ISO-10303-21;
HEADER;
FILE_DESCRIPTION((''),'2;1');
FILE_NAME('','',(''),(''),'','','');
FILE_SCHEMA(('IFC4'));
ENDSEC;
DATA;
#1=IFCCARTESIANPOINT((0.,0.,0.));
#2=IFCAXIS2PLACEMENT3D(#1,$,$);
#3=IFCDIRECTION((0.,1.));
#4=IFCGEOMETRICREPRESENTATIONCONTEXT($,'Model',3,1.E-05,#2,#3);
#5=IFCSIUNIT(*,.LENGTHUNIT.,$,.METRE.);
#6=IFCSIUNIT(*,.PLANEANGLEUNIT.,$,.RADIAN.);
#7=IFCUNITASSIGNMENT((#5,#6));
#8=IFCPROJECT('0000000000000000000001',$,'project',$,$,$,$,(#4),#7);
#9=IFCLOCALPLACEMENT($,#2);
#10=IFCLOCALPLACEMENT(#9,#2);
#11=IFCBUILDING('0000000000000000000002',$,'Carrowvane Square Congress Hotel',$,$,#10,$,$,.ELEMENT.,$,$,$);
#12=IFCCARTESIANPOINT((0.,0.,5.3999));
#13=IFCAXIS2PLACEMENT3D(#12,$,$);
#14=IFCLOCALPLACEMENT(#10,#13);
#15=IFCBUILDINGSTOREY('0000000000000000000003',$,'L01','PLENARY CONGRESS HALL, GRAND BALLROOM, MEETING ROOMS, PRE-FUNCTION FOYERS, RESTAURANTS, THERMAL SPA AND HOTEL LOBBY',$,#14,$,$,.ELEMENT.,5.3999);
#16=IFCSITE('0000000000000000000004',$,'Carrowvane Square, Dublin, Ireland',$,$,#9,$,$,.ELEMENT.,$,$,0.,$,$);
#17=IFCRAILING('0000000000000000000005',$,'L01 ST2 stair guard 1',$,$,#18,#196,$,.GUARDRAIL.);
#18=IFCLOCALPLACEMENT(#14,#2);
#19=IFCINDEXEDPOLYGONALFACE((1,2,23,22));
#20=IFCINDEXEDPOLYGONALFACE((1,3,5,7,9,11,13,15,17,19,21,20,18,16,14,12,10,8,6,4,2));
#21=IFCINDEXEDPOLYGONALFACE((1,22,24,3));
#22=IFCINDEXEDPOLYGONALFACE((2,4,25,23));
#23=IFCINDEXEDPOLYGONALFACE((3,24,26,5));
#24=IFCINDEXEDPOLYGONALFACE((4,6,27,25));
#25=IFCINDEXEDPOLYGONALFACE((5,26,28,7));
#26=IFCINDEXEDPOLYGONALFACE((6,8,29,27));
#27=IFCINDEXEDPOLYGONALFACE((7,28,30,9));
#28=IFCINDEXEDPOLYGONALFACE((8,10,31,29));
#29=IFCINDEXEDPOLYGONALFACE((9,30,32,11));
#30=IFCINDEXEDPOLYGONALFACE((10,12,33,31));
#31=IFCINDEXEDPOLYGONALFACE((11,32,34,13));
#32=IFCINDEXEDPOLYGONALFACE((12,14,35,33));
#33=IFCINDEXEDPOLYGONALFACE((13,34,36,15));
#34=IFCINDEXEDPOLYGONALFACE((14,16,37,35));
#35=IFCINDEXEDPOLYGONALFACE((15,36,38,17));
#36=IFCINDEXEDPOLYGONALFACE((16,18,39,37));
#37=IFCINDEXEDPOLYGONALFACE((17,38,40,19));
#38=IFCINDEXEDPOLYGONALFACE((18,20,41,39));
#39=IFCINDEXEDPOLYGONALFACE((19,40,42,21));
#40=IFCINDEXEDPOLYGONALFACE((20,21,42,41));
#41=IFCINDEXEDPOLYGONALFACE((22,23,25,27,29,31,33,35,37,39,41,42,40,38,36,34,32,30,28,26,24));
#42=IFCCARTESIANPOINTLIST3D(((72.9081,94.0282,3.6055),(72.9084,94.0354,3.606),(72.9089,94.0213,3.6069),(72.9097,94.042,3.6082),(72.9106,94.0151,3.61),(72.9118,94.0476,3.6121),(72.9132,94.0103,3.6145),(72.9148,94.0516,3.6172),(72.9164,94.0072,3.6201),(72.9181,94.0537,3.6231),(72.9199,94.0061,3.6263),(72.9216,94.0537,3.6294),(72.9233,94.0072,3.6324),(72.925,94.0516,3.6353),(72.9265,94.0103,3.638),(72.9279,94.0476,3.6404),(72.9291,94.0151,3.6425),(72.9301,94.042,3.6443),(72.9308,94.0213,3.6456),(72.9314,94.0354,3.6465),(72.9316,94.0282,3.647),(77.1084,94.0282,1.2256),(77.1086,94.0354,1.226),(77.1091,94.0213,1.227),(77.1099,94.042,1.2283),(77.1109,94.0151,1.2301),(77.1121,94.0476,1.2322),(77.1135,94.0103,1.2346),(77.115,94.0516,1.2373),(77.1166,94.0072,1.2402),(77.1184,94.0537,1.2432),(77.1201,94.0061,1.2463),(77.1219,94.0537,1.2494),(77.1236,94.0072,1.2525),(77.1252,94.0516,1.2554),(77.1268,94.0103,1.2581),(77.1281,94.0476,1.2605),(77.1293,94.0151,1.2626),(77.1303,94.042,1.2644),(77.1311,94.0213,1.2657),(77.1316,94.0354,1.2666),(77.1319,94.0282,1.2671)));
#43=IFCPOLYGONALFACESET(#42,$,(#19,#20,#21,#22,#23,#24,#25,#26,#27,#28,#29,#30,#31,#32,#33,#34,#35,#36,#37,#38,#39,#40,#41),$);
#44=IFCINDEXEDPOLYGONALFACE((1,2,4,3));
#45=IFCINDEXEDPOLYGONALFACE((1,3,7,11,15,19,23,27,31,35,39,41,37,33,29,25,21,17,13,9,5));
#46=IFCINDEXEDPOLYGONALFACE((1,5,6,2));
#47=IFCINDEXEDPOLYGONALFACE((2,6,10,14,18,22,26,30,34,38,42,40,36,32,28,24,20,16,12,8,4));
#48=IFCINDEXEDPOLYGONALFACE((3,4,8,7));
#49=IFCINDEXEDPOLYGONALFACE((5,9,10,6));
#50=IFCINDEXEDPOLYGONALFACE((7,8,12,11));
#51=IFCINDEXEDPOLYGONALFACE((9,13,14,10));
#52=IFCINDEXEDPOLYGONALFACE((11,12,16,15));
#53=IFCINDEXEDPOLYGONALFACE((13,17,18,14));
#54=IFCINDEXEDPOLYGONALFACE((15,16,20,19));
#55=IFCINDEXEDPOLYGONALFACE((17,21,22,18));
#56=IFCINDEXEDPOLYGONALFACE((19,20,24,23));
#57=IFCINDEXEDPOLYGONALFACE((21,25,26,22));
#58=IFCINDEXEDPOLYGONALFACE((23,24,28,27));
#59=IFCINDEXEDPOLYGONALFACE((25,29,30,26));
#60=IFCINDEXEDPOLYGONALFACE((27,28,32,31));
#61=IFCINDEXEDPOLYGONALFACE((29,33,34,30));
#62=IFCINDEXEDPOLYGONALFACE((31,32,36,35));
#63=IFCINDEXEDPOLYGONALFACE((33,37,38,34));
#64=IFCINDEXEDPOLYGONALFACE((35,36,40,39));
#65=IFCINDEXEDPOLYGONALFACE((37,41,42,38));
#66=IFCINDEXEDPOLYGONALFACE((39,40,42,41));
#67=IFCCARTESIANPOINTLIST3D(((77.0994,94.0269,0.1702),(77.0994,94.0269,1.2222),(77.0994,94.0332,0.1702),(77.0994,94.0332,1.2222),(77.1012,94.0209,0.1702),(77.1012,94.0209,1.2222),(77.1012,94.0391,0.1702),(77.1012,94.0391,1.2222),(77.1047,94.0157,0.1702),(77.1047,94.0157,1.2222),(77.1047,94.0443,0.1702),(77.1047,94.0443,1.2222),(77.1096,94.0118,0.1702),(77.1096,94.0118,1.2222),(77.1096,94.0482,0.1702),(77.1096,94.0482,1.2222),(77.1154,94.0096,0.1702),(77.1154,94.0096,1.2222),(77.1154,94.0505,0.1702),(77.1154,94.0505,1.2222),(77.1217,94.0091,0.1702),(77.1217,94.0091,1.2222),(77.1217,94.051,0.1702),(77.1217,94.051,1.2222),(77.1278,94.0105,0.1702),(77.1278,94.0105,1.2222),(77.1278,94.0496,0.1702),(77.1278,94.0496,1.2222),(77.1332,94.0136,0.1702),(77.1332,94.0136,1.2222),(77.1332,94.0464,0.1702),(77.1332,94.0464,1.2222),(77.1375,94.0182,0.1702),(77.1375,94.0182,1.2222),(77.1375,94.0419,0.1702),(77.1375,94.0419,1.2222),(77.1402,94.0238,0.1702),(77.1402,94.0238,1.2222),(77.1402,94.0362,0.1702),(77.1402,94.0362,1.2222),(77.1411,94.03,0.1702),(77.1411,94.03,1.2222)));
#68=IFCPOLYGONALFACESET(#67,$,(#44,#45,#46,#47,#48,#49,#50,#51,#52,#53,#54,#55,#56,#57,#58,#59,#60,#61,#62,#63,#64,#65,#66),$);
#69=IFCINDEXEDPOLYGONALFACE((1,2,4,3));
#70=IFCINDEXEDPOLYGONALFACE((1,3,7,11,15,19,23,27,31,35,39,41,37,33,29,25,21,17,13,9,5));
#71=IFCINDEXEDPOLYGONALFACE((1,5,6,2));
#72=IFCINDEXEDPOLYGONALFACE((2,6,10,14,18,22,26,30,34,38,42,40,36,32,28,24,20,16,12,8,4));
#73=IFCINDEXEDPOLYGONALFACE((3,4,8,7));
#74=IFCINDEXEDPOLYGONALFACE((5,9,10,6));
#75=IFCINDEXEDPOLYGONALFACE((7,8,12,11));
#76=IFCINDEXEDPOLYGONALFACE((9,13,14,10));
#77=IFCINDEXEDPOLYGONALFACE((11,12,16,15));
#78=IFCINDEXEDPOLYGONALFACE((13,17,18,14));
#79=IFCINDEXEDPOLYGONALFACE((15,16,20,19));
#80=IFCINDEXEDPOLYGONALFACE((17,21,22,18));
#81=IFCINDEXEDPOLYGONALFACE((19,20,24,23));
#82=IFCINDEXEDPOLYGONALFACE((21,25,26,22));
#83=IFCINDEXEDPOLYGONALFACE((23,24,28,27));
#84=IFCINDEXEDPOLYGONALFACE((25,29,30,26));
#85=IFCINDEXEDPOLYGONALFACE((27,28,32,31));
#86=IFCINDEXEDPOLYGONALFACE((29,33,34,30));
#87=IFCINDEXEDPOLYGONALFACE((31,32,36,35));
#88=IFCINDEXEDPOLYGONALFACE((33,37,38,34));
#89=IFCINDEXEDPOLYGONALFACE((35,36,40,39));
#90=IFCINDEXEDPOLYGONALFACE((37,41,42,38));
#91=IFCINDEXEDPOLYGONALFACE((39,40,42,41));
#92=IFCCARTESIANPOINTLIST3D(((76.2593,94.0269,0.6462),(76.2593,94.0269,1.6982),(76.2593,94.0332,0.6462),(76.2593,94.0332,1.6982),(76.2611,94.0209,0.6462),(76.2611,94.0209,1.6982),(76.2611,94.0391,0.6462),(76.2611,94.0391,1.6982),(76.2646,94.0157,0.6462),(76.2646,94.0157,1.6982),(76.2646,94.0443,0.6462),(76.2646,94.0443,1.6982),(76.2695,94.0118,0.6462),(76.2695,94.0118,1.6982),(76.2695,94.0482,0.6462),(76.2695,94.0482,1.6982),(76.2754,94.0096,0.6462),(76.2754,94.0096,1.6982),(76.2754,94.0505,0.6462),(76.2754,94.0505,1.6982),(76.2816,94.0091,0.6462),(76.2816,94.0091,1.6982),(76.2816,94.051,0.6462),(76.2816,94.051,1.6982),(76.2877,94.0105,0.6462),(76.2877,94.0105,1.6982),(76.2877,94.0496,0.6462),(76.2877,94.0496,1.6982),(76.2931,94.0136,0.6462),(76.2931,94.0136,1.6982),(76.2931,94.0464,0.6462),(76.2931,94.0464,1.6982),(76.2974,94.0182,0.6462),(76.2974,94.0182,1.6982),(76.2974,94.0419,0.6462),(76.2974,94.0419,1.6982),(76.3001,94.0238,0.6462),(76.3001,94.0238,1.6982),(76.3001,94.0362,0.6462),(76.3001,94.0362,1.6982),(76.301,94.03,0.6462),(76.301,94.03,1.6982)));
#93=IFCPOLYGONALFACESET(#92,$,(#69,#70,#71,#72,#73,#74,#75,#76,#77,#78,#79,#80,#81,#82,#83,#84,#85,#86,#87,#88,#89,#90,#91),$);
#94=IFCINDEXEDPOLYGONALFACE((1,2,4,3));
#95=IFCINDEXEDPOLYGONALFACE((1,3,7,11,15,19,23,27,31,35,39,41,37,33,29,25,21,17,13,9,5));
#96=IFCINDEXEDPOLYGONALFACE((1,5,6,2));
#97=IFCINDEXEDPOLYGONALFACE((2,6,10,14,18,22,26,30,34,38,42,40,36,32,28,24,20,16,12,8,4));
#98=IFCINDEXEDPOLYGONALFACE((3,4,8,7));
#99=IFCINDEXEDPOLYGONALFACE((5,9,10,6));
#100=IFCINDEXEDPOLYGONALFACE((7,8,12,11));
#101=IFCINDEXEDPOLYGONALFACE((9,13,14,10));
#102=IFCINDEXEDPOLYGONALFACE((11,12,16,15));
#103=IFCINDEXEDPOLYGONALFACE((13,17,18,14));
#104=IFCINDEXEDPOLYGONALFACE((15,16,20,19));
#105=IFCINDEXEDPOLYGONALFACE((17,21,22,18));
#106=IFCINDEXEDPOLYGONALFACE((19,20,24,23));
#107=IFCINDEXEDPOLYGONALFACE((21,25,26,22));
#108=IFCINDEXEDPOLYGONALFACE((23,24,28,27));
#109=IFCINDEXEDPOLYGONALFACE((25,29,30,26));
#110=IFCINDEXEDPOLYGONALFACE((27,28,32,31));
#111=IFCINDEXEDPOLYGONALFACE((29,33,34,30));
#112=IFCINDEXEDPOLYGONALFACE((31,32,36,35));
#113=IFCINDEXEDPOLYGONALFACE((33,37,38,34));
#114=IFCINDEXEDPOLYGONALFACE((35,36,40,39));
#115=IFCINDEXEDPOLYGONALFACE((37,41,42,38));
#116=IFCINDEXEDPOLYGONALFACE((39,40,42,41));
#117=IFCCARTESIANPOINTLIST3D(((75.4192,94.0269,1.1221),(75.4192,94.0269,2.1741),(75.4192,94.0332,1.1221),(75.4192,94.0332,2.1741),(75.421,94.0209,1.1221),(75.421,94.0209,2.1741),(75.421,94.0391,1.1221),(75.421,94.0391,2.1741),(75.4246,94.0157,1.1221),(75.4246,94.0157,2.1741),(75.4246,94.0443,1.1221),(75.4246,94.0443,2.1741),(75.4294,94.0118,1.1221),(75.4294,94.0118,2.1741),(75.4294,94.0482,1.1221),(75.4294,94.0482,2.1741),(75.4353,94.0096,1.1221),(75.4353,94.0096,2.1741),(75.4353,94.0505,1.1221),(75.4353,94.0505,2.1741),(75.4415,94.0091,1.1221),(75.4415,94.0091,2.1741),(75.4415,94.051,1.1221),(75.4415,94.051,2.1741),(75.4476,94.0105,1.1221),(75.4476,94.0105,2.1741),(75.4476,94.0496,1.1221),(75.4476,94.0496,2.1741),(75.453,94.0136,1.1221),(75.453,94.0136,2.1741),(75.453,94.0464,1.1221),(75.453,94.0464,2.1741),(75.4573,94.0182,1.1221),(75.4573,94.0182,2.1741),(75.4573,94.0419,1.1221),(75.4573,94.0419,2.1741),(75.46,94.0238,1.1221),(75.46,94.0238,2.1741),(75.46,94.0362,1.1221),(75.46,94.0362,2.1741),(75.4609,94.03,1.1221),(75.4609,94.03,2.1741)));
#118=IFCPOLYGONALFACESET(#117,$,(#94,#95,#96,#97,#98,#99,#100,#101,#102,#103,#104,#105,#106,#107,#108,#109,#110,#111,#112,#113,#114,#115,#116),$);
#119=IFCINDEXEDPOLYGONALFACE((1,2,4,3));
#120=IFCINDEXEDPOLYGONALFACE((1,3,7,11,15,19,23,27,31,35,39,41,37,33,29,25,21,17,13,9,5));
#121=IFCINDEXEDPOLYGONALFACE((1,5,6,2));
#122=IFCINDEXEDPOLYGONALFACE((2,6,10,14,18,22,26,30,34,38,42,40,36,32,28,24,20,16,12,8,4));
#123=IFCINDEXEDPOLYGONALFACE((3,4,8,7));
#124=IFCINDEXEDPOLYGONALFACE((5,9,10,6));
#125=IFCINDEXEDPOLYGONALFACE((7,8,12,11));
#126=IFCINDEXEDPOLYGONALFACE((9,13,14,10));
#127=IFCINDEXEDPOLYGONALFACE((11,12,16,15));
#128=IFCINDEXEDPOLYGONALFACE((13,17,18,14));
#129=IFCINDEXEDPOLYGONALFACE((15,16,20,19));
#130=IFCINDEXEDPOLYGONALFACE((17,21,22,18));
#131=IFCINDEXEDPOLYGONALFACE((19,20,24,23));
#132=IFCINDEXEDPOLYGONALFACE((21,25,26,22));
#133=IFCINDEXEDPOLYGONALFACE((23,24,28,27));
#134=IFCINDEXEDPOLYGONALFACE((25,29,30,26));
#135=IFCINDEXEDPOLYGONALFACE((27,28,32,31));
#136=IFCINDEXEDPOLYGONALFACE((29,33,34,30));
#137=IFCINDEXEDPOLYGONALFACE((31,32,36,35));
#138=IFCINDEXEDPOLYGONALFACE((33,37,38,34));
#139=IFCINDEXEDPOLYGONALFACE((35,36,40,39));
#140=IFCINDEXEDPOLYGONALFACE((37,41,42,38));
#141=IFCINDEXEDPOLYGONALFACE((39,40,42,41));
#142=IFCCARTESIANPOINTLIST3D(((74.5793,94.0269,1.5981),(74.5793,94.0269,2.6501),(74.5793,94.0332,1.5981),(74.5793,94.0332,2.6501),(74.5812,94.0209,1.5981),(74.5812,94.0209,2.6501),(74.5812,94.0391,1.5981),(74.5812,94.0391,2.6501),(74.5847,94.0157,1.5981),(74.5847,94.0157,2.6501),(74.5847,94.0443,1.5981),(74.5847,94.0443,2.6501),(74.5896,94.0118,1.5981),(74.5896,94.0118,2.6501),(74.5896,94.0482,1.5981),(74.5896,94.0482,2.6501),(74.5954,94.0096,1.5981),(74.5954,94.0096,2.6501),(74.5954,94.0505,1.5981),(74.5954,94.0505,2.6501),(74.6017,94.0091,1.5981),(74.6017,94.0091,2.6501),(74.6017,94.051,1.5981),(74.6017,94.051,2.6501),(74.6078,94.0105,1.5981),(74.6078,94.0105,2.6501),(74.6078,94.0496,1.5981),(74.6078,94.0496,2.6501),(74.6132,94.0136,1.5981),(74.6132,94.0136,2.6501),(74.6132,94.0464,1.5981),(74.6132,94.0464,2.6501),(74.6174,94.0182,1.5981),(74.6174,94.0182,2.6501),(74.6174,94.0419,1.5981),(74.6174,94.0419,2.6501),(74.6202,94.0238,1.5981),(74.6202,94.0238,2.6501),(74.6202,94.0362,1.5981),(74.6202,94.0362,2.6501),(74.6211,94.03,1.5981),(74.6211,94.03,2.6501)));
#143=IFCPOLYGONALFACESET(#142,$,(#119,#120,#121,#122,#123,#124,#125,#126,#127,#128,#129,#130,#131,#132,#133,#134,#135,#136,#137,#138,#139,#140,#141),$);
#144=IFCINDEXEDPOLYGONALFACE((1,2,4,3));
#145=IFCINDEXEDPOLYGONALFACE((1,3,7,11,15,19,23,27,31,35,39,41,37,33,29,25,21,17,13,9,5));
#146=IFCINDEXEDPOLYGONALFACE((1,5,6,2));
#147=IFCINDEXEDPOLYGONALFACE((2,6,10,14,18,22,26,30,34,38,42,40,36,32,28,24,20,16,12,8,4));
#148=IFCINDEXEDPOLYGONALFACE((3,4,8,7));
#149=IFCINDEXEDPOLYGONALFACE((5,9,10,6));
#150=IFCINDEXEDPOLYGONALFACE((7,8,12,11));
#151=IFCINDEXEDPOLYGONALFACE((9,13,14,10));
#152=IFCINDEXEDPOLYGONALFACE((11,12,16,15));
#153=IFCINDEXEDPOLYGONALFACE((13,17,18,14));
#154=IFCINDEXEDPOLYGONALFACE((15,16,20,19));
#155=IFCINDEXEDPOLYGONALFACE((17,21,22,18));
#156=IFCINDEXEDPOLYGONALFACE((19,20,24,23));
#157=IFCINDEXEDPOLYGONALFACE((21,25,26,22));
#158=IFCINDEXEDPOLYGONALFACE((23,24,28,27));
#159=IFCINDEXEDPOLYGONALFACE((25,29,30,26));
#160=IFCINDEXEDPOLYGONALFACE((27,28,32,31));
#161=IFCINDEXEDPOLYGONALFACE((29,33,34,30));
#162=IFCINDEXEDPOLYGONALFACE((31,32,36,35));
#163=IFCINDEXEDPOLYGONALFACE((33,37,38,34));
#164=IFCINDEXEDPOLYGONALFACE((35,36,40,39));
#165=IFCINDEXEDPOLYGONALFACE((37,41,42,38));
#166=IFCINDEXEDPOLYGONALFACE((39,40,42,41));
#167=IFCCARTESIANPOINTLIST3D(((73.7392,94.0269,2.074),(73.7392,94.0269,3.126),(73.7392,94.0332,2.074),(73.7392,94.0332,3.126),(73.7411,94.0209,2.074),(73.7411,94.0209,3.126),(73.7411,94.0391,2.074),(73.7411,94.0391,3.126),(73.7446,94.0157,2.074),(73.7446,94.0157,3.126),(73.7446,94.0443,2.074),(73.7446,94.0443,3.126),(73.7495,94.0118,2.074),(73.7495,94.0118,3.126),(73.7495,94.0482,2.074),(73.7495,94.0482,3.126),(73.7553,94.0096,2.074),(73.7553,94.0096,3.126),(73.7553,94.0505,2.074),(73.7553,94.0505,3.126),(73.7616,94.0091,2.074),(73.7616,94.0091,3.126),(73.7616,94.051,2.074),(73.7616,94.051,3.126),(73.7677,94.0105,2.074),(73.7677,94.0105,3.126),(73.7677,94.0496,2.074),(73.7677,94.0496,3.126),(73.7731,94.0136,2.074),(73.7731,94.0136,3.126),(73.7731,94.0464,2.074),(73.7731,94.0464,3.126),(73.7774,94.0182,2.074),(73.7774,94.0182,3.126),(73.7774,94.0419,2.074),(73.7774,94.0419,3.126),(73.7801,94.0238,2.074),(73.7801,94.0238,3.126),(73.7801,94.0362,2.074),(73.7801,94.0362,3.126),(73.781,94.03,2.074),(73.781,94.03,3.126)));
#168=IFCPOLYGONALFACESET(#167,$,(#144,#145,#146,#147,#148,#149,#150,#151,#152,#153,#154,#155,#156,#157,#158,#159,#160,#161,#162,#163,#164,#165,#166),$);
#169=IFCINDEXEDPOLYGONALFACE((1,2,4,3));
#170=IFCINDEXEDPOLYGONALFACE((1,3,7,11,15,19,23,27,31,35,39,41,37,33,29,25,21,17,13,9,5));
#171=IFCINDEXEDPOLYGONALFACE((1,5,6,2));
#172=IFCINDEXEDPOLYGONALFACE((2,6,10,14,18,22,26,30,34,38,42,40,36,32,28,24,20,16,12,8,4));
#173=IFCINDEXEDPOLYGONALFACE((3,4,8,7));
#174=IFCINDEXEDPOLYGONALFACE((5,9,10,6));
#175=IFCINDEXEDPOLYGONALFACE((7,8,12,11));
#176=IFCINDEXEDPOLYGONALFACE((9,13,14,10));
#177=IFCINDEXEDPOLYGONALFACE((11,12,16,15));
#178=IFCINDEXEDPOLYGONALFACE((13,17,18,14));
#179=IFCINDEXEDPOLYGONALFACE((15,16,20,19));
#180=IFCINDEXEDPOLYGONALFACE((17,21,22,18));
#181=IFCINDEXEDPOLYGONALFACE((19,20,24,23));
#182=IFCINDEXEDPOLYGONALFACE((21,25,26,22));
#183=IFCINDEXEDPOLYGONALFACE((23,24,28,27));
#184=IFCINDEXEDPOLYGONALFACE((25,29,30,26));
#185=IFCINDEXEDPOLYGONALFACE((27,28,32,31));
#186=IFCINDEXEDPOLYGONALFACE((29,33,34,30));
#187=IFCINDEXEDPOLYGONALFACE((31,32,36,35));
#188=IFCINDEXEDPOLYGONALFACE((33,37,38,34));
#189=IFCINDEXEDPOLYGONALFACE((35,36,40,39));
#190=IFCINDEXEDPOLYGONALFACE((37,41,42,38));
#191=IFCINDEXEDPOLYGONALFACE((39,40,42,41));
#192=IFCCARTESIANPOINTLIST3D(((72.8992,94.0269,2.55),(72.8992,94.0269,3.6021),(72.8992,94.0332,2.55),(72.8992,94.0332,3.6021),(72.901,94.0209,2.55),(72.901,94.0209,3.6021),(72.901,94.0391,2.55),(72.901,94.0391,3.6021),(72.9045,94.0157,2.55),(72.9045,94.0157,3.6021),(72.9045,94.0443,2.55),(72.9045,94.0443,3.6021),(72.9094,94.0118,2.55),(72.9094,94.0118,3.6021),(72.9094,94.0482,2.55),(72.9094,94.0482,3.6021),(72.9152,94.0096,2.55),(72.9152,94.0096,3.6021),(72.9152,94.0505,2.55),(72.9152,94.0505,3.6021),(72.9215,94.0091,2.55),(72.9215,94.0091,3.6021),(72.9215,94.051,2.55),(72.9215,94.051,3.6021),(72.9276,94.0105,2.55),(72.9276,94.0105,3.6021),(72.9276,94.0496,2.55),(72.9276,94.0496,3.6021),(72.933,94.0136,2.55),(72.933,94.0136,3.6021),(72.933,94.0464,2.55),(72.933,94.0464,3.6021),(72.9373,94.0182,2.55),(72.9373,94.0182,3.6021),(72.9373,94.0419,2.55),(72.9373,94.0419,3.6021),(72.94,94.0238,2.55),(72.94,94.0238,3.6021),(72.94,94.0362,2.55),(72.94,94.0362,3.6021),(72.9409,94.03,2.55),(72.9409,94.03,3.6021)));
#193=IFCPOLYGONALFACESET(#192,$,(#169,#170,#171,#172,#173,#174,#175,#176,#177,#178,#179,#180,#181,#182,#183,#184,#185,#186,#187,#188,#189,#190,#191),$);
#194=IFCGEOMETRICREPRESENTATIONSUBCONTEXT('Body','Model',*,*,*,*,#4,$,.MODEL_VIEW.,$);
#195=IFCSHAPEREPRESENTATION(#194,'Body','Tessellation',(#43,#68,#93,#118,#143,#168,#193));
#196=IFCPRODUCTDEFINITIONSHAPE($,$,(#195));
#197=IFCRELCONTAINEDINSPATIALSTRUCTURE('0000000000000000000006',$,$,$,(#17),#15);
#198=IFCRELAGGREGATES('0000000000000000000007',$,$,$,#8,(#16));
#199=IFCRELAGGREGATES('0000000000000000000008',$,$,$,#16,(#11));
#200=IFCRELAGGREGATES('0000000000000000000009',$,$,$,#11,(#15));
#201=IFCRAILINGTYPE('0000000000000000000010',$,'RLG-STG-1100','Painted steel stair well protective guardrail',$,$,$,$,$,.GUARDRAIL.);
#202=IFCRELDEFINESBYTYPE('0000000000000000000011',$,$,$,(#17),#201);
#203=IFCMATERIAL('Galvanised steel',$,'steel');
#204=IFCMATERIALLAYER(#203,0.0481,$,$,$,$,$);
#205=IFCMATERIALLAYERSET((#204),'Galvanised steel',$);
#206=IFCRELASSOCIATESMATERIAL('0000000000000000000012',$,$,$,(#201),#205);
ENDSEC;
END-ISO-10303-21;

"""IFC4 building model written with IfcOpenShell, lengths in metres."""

from ifc_helpers import new_model, si_unit, direction, frame, origin, origin_2d, place, context, subcontext, project, spatial, circle, extrude, material, layer, layer_set, type_object, element, save


model = new_model("IFC4")

# Units and contexts
model_context = context("Model", 3, precision=1e-05, world=origin(), true_north=direction((0.0, 1.0)))
body_context = subcontext(model_context, "Body", "Model", "MODEL_VIEW")
ifc_project = project(units=[si_unit("LENGTHUNIT", "METRE"), si_unit("PLANEANGLEUNIT", "RADIAN")], contexts=[model_context])

# Site, building, storey
site_placement = place(None, origin())
site = spatial("IfcSite", under=ifc_project, at=site_placement, Name="Carrowvane Square, Dublin, Ireland", CompositionType="ELEMENT", RefElevation=0.0)
building_placement = place(site_placement, origin())
building = spatial("IfcBuilding", under=site, at=building_placement, Name="Carrowvane Square Congress Hotel", CompositionType="ELEMENT")
storey_placement = place(building_placement, frame((0.0, 0.0, 5.3999)))
storey = spatial("IfcBuildingStorey", under=building, at=storey_placement, Name="L01", Description="PLENARY CONGRESS HALL, GRAND BALLROOM, MEETING ROOMS, PRE-FUNCTION FOYERS, RESTAURANTS, THERMAL SPA AND HOTEL LOBBY", CompositionType="ELEMENT", Elevation=5.3999)

# Railing
ifc_material_1 = material(Name="Galvanised steel", Category="steel")
ifc_layer_1 = layer(ifc_material_1, 0.0481)
ifc_layer_set_1 = layer_set([ifc_layer_1], Name="Galvanised steel")
railing_type_1 = type_object("IfcRailingType", Name="RLG-STG-1100", Description="Painted steel stair well protective guardrail", PredefinedType="GUARDRAIL", material=ifc_layer_set_1)
railing_1_placement = place(storey_placement, frame((77.1201, 94.03, 0.1702)))
element("IfcRailing", 1, at=railing_1_placement, inside=storey, type_object=railing_type_1, Name="L01 ST2 stair guard 1", PredefinedType="GUARDRAIL", context=body_context, shape_type="SweptSolid", body=[
    extrude(circle(Radius=0.0239, at=origin_2d()), frame((0.0, 0.0, 1.0762), z_axis=(-0.870042, 0.0, 0.492977), x_axis=(0.0, -1.0, 0.0)), (0.0, 0.0, 1.0), 4.8276),
    extrude(circle(Radius=0.021, at=origin_2d()), origin(), (0.0, 0.0, 1.0), 1.052),
    extrude(circle(Radius=0.021, at=origin_2d()), frame((-0.8401, 0.0, 0.4761)), (0.0, 0.0, 1.0), 1.052),
    extrude(circle(Radius=0.021, at=origin_2d()), frame((-1.6802, 0.0, 0.9519)), (0.0, 0.0, 1.0), 1.052),
    extrude(circle(Radius=0.021, at=origin_2d()), frame((-2.52, 0.0, 1.428)), (0.0, 0.0, 1.0), 1.052),
    extrude(circle(Radius=0.021, at=origin_2d()), frame((-3.3601, 0.0, 1.9038)), (0.0, 0.0, 1.0), 1.052),
    extrude(circle(Radius=0.021, at=origin_2d()), frame((-4.2002, 0.0, 2.3799)), (0.0, 0.0, 1.0), 1.052),
])

save(model, "model.ifc")
